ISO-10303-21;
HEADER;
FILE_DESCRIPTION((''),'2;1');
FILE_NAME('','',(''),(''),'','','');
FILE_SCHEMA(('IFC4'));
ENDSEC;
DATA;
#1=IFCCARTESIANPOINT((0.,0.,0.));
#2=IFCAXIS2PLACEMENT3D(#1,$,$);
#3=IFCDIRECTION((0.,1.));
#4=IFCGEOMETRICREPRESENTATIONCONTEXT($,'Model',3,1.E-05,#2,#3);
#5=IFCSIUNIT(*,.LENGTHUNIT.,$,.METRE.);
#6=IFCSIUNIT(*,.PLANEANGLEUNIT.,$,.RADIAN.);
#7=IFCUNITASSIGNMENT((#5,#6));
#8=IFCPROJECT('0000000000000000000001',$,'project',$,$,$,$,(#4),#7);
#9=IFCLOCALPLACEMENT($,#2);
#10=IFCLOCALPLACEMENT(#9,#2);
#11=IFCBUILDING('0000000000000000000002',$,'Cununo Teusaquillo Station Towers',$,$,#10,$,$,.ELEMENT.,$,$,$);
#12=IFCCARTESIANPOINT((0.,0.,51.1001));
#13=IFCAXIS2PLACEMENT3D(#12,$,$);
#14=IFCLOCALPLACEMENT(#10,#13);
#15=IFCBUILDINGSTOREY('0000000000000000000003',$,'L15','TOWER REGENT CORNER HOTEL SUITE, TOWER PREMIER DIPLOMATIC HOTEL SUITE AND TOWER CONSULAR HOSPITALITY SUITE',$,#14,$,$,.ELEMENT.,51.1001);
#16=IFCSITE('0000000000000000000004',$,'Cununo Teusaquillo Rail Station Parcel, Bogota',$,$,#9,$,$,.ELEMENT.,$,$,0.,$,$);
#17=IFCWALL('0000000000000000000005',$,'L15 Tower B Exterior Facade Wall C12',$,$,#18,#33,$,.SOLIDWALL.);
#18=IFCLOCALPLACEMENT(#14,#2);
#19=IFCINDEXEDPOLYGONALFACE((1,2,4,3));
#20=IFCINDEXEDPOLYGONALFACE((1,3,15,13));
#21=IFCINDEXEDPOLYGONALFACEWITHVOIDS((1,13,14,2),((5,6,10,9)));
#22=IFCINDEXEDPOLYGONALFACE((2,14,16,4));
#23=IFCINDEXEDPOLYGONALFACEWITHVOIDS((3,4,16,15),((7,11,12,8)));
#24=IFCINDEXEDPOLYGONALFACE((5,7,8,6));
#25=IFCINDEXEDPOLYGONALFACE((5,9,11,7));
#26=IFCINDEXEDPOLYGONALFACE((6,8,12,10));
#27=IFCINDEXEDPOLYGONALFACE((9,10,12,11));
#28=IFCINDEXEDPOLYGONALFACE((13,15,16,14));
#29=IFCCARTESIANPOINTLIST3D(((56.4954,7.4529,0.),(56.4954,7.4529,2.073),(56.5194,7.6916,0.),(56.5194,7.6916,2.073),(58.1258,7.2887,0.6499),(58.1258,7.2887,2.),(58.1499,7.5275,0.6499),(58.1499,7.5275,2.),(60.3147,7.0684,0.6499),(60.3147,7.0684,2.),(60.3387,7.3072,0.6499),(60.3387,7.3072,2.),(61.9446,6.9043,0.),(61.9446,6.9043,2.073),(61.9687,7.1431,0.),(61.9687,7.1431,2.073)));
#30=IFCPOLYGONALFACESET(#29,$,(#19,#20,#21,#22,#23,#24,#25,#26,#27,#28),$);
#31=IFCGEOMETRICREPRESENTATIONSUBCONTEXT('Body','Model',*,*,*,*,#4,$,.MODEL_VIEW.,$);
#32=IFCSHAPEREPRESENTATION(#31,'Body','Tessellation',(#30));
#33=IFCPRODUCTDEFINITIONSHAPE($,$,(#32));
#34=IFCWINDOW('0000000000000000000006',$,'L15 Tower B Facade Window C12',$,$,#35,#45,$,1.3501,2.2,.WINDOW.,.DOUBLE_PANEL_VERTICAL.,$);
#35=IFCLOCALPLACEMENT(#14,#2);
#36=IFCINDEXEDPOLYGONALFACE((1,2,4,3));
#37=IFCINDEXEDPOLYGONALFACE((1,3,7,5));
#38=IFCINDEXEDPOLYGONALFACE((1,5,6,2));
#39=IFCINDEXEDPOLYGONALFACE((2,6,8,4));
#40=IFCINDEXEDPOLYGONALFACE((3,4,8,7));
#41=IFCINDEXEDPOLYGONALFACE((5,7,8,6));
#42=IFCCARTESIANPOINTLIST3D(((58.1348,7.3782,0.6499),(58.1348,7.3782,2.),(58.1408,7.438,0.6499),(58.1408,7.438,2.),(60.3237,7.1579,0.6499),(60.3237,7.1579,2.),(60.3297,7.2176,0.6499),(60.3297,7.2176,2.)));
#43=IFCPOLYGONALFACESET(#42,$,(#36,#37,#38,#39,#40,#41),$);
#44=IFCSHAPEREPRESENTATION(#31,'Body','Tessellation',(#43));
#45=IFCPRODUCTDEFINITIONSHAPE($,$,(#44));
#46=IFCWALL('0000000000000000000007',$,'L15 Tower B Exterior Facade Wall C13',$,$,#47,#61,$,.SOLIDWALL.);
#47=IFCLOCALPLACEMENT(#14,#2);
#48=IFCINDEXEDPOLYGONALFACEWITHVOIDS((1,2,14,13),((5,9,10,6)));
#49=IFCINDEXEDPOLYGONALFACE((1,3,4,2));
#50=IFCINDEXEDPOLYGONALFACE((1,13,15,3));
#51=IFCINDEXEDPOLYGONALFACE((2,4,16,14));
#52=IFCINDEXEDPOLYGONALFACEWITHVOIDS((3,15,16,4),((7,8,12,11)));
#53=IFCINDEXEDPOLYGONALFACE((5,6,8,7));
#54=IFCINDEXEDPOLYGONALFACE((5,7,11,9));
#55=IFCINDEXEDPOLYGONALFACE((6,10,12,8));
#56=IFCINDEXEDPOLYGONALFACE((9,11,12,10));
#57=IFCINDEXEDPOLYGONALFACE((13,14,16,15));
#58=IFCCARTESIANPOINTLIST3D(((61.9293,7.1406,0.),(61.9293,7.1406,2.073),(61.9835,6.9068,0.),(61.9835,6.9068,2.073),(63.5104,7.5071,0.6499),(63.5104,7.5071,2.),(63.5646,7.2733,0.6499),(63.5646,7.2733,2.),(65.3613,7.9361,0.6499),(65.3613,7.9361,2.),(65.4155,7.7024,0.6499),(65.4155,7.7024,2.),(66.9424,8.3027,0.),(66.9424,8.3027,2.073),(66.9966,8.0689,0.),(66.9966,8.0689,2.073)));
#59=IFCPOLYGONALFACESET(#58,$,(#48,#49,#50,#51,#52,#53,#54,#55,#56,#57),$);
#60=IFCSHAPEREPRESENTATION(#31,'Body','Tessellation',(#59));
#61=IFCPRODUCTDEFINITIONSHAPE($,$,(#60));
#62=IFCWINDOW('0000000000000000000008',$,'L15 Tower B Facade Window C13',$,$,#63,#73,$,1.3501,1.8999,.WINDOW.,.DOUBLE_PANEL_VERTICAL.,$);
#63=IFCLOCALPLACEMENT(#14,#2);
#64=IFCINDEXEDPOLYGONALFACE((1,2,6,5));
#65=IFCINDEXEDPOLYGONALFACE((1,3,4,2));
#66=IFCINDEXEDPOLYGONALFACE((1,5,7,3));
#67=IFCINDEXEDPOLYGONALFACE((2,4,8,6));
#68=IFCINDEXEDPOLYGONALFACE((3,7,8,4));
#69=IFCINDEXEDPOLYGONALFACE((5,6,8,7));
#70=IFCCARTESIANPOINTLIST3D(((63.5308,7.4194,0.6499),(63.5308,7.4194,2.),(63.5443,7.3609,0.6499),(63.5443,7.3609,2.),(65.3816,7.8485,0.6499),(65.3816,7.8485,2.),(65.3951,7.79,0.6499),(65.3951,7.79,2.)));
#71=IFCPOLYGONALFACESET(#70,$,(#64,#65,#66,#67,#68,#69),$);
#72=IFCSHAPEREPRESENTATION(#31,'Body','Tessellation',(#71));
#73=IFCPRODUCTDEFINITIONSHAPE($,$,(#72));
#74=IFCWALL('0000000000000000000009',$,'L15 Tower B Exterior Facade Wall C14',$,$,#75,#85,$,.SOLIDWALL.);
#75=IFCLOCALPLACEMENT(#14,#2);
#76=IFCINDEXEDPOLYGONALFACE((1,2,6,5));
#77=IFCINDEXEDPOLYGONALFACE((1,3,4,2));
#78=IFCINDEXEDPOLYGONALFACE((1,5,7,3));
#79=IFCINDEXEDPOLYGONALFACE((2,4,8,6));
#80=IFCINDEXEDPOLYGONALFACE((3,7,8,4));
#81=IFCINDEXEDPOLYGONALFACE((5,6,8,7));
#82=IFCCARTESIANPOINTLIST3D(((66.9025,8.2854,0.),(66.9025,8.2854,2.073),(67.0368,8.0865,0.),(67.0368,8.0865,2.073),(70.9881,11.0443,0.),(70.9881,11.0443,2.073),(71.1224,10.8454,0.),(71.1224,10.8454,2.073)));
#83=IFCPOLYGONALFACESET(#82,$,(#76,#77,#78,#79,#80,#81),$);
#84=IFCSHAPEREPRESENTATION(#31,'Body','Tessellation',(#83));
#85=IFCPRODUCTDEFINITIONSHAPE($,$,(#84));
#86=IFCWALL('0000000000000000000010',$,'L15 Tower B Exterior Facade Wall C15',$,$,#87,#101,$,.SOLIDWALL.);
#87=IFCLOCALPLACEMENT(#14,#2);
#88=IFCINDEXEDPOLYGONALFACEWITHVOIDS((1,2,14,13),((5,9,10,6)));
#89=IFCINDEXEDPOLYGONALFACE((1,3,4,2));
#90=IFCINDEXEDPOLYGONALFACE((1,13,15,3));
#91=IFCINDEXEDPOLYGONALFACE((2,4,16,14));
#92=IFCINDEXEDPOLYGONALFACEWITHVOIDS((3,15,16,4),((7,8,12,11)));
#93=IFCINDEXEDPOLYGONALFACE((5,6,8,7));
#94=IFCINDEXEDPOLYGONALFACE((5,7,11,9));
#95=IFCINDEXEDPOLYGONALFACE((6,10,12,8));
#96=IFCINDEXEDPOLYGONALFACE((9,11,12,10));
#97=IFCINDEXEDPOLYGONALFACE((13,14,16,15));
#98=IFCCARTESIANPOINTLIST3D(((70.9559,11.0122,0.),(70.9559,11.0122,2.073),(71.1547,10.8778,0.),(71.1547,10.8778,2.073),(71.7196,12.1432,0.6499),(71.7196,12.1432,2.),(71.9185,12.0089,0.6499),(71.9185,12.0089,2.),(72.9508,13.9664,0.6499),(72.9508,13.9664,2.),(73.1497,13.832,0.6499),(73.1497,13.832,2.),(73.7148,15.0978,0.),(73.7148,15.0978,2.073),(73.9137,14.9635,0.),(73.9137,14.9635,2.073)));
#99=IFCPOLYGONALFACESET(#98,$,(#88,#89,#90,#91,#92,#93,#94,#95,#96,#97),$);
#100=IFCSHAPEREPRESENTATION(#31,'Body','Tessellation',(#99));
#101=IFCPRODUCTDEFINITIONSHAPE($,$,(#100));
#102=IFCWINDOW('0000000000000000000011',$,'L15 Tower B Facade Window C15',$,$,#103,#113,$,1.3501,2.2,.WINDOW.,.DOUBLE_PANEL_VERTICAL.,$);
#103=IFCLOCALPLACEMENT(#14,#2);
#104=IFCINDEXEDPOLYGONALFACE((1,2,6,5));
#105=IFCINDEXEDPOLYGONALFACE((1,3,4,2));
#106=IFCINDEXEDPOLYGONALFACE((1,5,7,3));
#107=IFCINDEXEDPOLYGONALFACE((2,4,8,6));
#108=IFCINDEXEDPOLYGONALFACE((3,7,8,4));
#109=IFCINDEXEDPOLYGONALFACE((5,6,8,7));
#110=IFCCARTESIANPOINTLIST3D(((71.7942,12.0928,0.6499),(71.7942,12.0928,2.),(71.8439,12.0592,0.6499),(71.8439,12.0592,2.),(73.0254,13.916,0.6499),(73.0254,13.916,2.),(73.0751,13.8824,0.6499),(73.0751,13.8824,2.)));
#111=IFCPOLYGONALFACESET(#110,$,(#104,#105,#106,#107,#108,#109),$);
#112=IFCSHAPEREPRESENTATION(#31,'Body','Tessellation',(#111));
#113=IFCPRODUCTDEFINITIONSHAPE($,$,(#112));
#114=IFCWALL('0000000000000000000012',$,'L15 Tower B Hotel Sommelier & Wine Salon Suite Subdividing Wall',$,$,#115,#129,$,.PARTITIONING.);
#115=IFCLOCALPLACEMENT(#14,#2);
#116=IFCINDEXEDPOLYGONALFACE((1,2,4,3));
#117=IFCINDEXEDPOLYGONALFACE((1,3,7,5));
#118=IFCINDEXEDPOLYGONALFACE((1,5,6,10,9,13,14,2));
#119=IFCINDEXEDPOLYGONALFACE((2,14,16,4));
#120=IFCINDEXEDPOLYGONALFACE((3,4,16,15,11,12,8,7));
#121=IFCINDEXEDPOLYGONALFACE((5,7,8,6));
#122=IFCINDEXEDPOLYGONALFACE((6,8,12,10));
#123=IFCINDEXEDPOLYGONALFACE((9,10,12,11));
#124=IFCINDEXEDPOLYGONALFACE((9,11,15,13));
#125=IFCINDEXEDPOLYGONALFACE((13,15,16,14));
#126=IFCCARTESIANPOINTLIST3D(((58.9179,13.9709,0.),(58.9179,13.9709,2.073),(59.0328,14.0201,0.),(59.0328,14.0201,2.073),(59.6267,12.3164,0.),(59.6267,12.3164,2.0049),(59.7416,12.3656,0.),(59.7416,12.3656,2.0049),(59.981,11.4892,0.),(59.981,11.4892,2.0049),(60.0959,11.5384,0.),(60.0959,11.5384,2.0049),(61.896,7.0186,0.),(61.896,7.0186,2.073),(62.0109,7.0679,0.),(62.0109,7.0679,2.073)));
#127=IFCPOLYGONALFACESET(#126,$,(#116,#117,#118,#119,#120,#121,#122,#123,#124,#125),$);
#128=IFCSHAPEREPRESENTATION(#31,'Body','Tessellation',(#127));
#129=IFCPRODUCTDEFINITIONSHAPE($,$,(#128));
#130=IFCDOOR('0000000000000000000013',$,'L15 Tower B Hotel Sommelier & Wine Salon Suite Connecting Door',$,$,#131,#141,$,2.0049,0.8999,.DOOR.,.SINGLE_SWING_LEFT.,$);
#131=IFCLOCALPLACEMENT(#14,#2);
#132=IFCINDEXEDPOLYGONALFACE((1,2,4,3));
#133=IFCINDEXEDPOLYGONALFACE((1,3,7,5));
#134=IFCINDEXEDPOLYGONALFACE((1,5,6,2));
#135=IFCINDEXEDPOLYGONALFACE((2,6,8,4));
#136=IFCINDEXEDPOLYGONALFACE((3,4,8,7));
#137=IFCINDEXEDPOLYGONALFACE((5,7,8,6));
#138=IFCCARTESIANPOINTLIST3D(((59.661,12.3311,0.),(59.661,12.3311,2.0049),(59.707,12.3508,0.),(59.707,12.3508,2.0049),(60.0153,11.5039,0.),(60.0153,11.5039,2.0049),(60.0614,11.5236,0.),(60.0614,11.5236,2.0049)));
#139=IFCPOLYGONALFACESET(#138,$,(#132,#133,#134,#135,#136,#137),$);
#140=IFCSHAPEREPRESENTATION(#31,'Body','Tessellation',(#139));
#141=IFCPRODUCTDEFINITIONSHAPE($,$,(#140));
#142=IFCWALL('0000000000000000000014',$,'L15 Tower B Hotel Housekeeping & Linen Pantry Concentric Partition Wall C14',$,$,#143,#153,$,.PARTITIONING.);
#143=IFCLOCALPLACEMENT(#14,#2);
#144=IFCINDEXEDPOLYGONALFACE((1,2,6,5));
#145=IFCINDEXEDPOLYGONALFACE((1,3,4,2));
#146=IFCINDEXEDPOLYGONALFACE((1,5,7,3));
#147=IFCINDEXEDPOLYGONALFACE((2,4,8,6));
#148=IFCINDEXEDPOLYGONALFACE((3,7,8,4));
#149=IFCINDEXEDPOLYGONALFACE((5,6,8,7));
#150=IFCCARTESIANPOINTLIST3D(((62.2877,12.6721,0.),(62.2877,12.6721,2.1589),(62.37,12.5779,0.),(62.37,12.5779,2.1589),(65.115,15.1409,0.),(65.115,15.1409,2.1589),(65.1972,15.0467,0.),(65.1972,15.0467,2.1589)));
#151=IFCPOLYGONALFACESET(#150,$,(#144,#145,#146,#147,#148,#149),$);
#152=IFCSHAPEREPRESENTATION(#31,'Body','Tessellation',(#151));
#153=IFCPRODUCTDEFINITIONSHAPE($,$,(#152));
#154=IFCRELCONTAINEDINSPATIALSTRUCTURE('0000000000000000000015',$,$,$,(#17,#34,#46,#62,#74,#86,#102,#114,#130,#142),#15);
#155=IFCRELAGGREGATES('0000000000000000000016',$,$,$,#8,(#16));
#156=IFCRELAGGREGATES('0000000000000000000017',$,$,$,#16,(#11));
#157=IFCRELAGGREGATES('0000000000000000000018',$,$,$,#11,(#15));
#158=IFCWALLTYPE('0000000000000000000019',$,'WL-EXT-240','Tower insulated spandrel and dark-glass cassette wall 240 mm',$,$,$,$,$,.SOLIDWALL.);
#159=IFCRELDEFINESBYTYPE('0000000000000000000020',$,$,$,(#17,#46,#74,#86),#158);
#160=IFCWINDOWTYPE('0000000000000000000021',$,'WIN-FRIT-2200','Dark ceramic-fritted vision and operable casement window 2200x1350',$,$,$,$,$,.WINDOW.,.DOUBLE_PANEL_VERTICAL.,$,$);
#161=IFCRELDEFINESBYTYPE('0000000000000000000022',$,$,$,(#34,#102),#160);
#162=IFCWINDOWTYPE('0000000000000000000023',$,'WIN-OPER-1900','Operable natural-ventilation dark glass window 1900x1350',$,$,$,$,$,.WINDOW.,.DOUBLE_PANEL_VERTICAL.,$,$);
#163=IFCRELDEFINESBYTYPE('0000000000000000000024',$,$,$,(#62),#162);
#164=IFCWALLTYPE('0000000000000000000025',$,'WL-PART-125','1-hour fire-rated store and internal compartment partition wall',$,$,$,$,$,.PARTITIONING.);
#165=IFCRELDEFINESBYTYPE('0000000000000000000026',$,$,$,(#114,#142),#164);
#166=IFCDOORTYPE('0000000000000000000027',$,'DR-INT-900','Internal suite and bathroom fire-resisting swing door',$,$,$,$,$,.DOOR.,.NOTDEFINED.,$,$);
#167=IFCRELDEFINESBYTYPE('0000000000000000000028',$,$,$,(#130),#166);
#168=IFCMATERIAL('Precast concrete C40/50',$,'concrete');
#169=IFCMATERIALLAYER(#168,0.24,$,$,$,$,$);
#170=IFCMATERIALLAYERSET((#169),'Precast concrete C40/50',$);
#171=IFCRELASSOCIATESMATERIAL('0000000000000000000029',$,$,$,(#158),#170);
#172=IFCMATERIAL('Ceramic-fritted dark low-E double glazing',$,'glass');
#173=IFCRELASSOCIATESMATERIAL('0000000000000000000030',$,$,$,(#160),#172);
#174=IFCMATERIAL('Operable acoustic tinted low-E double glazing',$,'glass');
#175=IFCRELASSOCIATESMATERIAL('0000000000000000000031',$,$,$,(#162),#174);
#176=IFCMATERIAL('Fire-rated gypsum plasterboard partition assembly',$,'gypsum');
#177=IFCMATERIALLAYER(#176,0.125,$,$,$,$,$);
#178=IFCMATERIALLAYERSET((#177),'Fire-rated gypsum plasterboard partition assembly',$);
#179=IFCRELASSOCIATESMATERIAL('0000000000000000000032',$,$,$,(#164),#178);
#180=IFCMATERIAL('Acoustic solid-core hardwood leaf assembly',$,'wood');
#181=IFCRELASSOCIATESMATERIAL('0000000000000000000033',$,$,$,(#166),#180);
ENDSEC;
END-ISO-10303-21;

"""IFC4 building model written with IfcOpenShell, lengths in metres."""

from ifc_helpers import new_model, si_unit, direction, frame, frame_2d, origin, place, context, subcontext, project, spatial, rectangle, extrude, source, transform, mapped, material, layer, layer_set, type_object, element, fill, save


model = new_model("IFC4")

# Units and contexts
model_context = context("Model", 3, precision=1e-05, world=origin(), true_north=direction((0.0, 1.0)))
body_context = subcontext(model_context, "Body", "Model", "MODEL_VIEW")
ifc_project = project(units=[si_unit("LENGTHUNIT", "METRE"), si_unit("PLANEANGLEUNIT", "RADIAN")], contexts=[model_context])

# Site, building, storey
site_placement = place(None, origin())
site = spatial("IfcSite", under=ifc_project, at=site_placement, Name="Cununo Teusaquillo Rail Station Parcel, Bogota", CompositionType="ELEMENT", RefElevation=0.0)
building_placement = place(site_placement, origin())
building = spatial("IfcBuilding", under=site, at=building_placement, Name="Cununo Teusaquillo Station Towers", CompositionType="ELEMENT")
storey_placement = place(building_placement, frame((0.0, 0.0, 51.1001)))
storey = spatial("IfcBuildingStorey", under=building, at=storey_placement, Name="L15", Description="TOWER REGENT CORNER HOTEL SUITE, TOWER PREMIER DIPLOMATIC HOTEL SUITE AND TOWER CONSULAR HOSPITALITY SUITE", CompositionType="ELEMENT", Elevation=51.1001)

# Walls, openings, windows
ifc_material_1 = material(Name="Precast concrete C40/50", Category="concrete")
ifc_layer_1 = layer(ifc_material_1, 0.24)
ifc_layer_set_1 = layer_set([ifc_layer_1], Name="Precast concrete C40/50")
wall_type_1 = type_object("IfcWallType", Name="WL-EXT-240", Description="Tower insulated spandrel and dark-glass cassette wall 240 mm", PredefinedType="SOLIDWALL", material=ifc_layer_set_1)
wall_1_placement = place(storey_placement, frame((61.9565, 7.0237, 0.0), z_axis=(0.0, 0.0, 1.0), x_axis=(-0.994971, 0.100166, 0.0)))
wall_1 = element("IfcWall", 1, at=wall_1_placement, inside=storey, type_object=wall_type_1, Name="L15 Tower B Exterior Facade Wall C12", PredefinedType="SOLIDWALL", context=body_context, shape_type="SweptSolid", body=[
    extrude(rectangle(XDim=5.4768, YDim=0.24, at=frame_2d((2.7383, 0.0))), origin(), (0.0, 0.0, 1.0), 2.073),
])
shared_shape_1 = source(origin(), body_context, "Body", "SweptSolid", [
    extrude(rectangle(XDim=2.2, YDim=1.3501, at=frame_2d((1.1001, 0.675))), frame((0.0, 0.1299, 0.0), z_axis=(0.0, -1.0, 0.0), x_axis=(1.0, 0.0, 0.0)), (0.0, 0.0, 1.0), 0.26),
])
opening_1_placement = place(wall_1_placement, frame((1.6379, 0.0, 0.6499)))
opening_1 = element("IfcOpeningElement", 2, at=opening_1_placement, cuts=wall_1, PredefinedType="OPENING", context=body_context, shape_type="MappedRepresentation", body=[
    mapped(shared_shape_1, transform((0.0, 0.0, 0.0), x_axis=(1.0, 0.0, 0.0), y_axis=(0.0, 1.0, 0.0), z_axis=(0.0, 0.0, 1.0), scale=1.0)),
])
ifc_material_2 = material(Name="Ceramic-fritted dark low-E double glazing", Category="glass")
window_type_1 = type_object("IfcWindowType", Name="WIN-FRIT-2200", Description="Dark ceramic-fritted vision and operable casement window 2200x1350", PartitioningType="DOUBLE_PANEL_VERTICAL", PredefinedType="WINDOW", material=ifc_material_2)
shared_shape_2 = source(origin(), body_context, "Body", "SweptSolid", [
    extrude(rectangle(XDim=2.2, YDim=1.3501, at=frame_2d((1.1001, 0.675))), frame((0.0, 0.03, 0.0), z_axis=(0.0, -1.0, 0.0), x_axis=(1.0, 0.0, 0.0)), (0.0, 0.0, 1.0), 0.0601),
])
window_1_placement = place(opening_1_placement, origin())
window_1 = element("IfcWindow", 3, at=window_1_placement, inside=storey, type_object=window_type_1, Name="L15 Tower B Facade Window C12", OverallHeight=1.3501, OverallWidth=2.2, PartitioningType="DOUBLE_PANEL_VERTICAL", PredefinedType="WINDOW", context=body_context, shape_type="MappedRepresentation", body=[
    mapped(shared_shape_2, transform((0.0, 0.0, 0.0), x_axis=(1.0, 0.0, 0.0), y_axis=(0.0, 1.0, 0.0), z_axis=(0.0, 0.0, 1.0), scale=1.0)),
])
fill(opening_1, window_1)
wall_2_placement = place(storey_placement, frame((66.9695, 8.1858, 0.0), z_axis=(0.0, 0.0, 1.0), x_axis=(-0.974166, -0.225833, 0.0)))
wall_2 = element("IfcWall", 4, at=wall_2_placement, inside=storey, type_object=wall_type_1, Name="L15 Tower B Exterior Facade Wall C13", PredefinedType="SOLIDWALL", context=body_context, shape_type="SweptSolid", body=[
    extrude(rectangle(XDim=5.146, YDim=0.24, at=frame_2d((2.573, 0.0))), origin(), (0.0, 0.0, 1.0), 2.073),
])
shared_shape_3 = source(origin(), body_context, "Body", "SweptSolid", [
    extrude(rectangle(XDim=1.8999, YDim=1.3501, at=frame_2d((0.95, 0.675))), frame((0.0, 0.1299, 0.0), z_axis=(0.0, -1.0, 0.0), x_axis=(1.0, 0.0, 0.0)), (0.0, 0.0, 1.0), 0.26),
])
opening_2_placement = place(wall_2_placement, frame((1.623, 0.0, 0.6499)))
opening_2 = element("IfcOpeningElement", 5, at=opening_2_placement, cuts=wall_2, PredefinedType="OPENING", context=body_context, shape_type="MappedRepresentation", body=[
    mapped(shared_shape_3, transform((0.0, 0.0, 0.0), x_axis=(1.0, 0.0, 0.0), y_axis=(0.0, 1.0, 0.0), z_axis=(0.0, 0.0, 1.0), scale=1.0)),
])
ifc_material_3 = material(Name="Operable acoustic tinted low-E double glazing", Category="glass")
window_type_2 = type_object("IfcWindowType", Name="WIN-OPER-1900", Description="Operable natural-ventilation dark glass window 1900x1350", PartitioningType="DOUBLE_PANEL_VERTICAL", PredefinedType="WINDOW", material=ifc_material_3)
shared_shape_4 = source(origin(), body_context, "Body", "SweptSolid", [
    extrude(rectangle(XDim=1.8999, YDim=1.3501, at=frame_2d((0.95, 0.675))), frame((0.0, 0.03, 0.0), z_axis=(0.0, -1.0, 0.0), x_axis=(1.0, 0.0, 0.0)), (0.0, 0.0, 1.0), 0.0601),
])
window_2_placement = place(opening_2_placement, origin())
window_2 = element("IfcWindow", 6, at=window_2_placement, inside=storey, type_object=window_type_2, Name="L15 Tower B Facade Window C13", OverallHeight=1.3501, OverallWidth=1.8999, PartitioningType="DOUBLE_PANEL_VERTICAL", PredefinedType="WINDOW", context=body_context, shape_type="MappedRepresentation", body=[
    mapped(shared_shape_4, transform((0.0, 0.0, 0.0), x_axis=(1.0, 0.0, 0.0), y_axis=(0.0, 1.0, 0.0), z_axis=(0.0, 0.0, 1.0), scale=1.0)),
])
fill(opening_2, window_2)

# Wall
wall_3_placement = place(storey_placement, frame((71.0552, 10.9448, 0.0), z_axis=(0.0, 0.0, 1.0), x_axis=(-0.828737, -0.559639, 0.0)))
element("IfcWall", 7, at=wall_3_placement, inside=storey, type_object=wall_type_1, Name="L15 Tower B Exterior Facade Wall C14", PredefinedType="SOLIDWALL", context=body_context, shape_type="SweptSolid", body=[
    extrude(rectangle(XDim=4.9299, YDim=0.24, at=frame_2d((2.4648, 0.0))), origin(), (0.0, 0.0, 1.0), 2.073),
])

# Wall, opening, window
wall_4_placement = place(storey_placement, frame((73.8142, 15.0305, 0.0), z_axis=(0.0, 0.0, 1.0), x_axis=(-0.559639, -0.828737, 0.0)))
wall_4 = element("IfcWall", 8, at=wall_4_placement, inside=storey, type_object=wall_type_1, Name="L15 Tower B Exterior Facade Wall C15", PredefinedType="SOLIDWALL", context=body_context, shape_type="SweptSolid", body=[
    extrude(rectangle(XDim=4.9299, YDim=0.24, at=frame_2d((2.4648, 0.0))), origin(), (0.0, 0.0, 1.0), 2.073),
])
opening_3_placement = place(wall_4_placement, frame((1.365, 0.0, 0.6499)))
opening_3 = element("IfcOpeningElement", 9, at=opening_3_placement, cuts=wall_4, PredefinedType="OPENING", context=body_context, shape_type="MappedRepresentation", body=[
    mapped(shared_shape_1, transform((0.0, 0.0, 0.0), x_axis=(1.0, 0.0, 0.0), y_axis=(0.0, 1.0, 0.0), z_axis=(0.0, 0.0, 1.0), scale=1.0)),
])
window_3_placement = place(opening_3_placement, origin())
window_3 = element("IfcWindow", 10, at=window_3_placement, inside=storey, type_object=window_type_1, Name="L15 Tower B Facade Window C15", OverallHeight=1.3501, OverallWidth=2.2, PartitioningType="DOUBLE_PANEL_VERTICAL", PredefinedType="WINDOW", context=body_context, shape_type="MappedRepresentation", body=[
    mapped(shared_shape_2, transform((0.0, 0.0, 0.0), x_axis=(1.0, 0.0, 0.0), y_axis=(0.0, 1.0, 0.0), z_axis=(0.0, 0.0, 1.0), scale=1.0)),
])
fill(opening_3, window_3)

# Wall, opening, door
ifc_material_4 = material(Name="Fire-rated gypsum plasterboard partition assembly", Category="gypsum")
ifc_layer_2 = layer(ifc_material_4, 0.125)
ifc_layer_set_2 = layer_set([ifc_layer_2], Name="Fire-rated gypsum plasterboard partition assembly")
wall_type_2 = type_object("IfcWallType", Name="WL-PART-125", Description="1-hour fire-rated store and internal compartment partition wall", PredefinedType="PARTITIONING", material=ifc_layer_set_2)
wall_5_placement = place(storey_placement, frame((58.9753, 13.9956, 0.0), z_axis=(0.0, 0.0, 1.0), x_axis=(0.393756, -0.919215, 0.0)))
wall_5 = element("IfcWall", 11, at=wall_5_placement, inside=storey, type_object=wall_type_2, Name="L15 Tower B Hotel Sommelier & Wine Salon Suite Subdividing Wall", PredefinedType="PARTITIONING", context=body_context, shape_type="SweptSolid", body=[
    extrude(rectangle(XDim=7.5632, YDim=0.125, at=frame_2d((3.7817, 0.0))), origin(), (0.0, 0.0, 1.0), 2.073),
])
shared_shape_5 = source(origin(), body_context, "Body", "SweptSolid", [
    extrude(rectangle(XDim=0.8999, YDim=2.0049, at=frame_2d((0.45, 1.0024))), frame((0.0, 0.0725, 0.0), z_axis=(0.0, -1.0, 0.0), x_axis=(1.0, 0.0, 0.0)), (0.0, 0.0, 1.0), 0.145),
])
opening_4_placement = place(wall_5_placement, frame((1.8, 0.0, 0.0)))
opening_4 = element("IfcOpeningElement", 12, at=opening_4_placement, cuts=wall_5, PredefinedType="OPENING", context=body_context, shape_type="MappedRepresentation", body=[
    mapped(shared_shape_5, transform((0.0, 0.0, 0.0), x_axis=(1.0, 0.0, 0.0), y_axis=(0.0, 1.0, 0.0), z_axis=(0.0, 0.0, 1.0), scale=1.0)),
])
ifc_material_5 = material(Name="Acoustic solid-core hardwood leaf assembly", Category="wood")
door_type_1 = type_object("IfcDoorType", Name="DR-INT-900", Description="Internal suite and bathroom fire-resisting swing door", OperationType="NOTDEFINED", PredefinedType="DOOR", material=ifc_material_5)
shared_shape_6 = source(origin(), body_context, "Body", "SweptSolid", [
    extrude(rectangle(XDim=0.8999, YDim=2.0049, at=frame_2d((0.45, 1.0024))), frame((0.0, 0.0249, 0.0), z_axis=(0.0, -1.0, 0.0), x_axis=(1.0, 0.0, 0.0)), (0.0, 0.0, 1.0), 0.05),
])
door_1_placement = place(opening_4_placement, origin())
door_1 = element("IfcDoor", 13, at=door_1_placement, inside=storey, type_object=door_type_1, Name="L15 Tower B Hotel Sommelier & Wine Salon Suite Connecting Door", OperationType="SINGLE_SWING_LEFT", OverallHeight=2.0049, OverallWidth=0.8999, PredefinedType="DOOR", context=body_context, shape_type="MappedRepresentation", body=[
    mapped(shared_shape_6, transform((0.0, 0.0, 0.0), x_axis=(1.0, 0.0, 0.0), y_axis=(0.0, 1.0, 0.0), z_axis=(0.0, 0.0, 1.0), scale=1.0)),
])
fill(opening_4, door_1)

# Wall
wall_6_placement = place(storey_placement, frame((62.3289, 12.625, 0.0), z_axis=(0.0, 0.0, 1.0), x_axis=(0.753237, 0.657749, 0.0)))
element("IfcWall", 14, at=wall_6_placement, inside=storey, type_object=wall_type_2, Name="L15 Tower B Hotel Housekeeping & Linen Pantry Concentric Partition Wall C14", PredefinedType="PARTITIONING", context=body_context, shape_type="SweptSolid", body=[
    extrude(rectangle(XDim=3.7534, YDim=0.125, at=frame_2d((1.8767, 0.0))), origin(), (0.0, 0.0, 1.0), 2.1589),
])

save(model, "model.ifc")
